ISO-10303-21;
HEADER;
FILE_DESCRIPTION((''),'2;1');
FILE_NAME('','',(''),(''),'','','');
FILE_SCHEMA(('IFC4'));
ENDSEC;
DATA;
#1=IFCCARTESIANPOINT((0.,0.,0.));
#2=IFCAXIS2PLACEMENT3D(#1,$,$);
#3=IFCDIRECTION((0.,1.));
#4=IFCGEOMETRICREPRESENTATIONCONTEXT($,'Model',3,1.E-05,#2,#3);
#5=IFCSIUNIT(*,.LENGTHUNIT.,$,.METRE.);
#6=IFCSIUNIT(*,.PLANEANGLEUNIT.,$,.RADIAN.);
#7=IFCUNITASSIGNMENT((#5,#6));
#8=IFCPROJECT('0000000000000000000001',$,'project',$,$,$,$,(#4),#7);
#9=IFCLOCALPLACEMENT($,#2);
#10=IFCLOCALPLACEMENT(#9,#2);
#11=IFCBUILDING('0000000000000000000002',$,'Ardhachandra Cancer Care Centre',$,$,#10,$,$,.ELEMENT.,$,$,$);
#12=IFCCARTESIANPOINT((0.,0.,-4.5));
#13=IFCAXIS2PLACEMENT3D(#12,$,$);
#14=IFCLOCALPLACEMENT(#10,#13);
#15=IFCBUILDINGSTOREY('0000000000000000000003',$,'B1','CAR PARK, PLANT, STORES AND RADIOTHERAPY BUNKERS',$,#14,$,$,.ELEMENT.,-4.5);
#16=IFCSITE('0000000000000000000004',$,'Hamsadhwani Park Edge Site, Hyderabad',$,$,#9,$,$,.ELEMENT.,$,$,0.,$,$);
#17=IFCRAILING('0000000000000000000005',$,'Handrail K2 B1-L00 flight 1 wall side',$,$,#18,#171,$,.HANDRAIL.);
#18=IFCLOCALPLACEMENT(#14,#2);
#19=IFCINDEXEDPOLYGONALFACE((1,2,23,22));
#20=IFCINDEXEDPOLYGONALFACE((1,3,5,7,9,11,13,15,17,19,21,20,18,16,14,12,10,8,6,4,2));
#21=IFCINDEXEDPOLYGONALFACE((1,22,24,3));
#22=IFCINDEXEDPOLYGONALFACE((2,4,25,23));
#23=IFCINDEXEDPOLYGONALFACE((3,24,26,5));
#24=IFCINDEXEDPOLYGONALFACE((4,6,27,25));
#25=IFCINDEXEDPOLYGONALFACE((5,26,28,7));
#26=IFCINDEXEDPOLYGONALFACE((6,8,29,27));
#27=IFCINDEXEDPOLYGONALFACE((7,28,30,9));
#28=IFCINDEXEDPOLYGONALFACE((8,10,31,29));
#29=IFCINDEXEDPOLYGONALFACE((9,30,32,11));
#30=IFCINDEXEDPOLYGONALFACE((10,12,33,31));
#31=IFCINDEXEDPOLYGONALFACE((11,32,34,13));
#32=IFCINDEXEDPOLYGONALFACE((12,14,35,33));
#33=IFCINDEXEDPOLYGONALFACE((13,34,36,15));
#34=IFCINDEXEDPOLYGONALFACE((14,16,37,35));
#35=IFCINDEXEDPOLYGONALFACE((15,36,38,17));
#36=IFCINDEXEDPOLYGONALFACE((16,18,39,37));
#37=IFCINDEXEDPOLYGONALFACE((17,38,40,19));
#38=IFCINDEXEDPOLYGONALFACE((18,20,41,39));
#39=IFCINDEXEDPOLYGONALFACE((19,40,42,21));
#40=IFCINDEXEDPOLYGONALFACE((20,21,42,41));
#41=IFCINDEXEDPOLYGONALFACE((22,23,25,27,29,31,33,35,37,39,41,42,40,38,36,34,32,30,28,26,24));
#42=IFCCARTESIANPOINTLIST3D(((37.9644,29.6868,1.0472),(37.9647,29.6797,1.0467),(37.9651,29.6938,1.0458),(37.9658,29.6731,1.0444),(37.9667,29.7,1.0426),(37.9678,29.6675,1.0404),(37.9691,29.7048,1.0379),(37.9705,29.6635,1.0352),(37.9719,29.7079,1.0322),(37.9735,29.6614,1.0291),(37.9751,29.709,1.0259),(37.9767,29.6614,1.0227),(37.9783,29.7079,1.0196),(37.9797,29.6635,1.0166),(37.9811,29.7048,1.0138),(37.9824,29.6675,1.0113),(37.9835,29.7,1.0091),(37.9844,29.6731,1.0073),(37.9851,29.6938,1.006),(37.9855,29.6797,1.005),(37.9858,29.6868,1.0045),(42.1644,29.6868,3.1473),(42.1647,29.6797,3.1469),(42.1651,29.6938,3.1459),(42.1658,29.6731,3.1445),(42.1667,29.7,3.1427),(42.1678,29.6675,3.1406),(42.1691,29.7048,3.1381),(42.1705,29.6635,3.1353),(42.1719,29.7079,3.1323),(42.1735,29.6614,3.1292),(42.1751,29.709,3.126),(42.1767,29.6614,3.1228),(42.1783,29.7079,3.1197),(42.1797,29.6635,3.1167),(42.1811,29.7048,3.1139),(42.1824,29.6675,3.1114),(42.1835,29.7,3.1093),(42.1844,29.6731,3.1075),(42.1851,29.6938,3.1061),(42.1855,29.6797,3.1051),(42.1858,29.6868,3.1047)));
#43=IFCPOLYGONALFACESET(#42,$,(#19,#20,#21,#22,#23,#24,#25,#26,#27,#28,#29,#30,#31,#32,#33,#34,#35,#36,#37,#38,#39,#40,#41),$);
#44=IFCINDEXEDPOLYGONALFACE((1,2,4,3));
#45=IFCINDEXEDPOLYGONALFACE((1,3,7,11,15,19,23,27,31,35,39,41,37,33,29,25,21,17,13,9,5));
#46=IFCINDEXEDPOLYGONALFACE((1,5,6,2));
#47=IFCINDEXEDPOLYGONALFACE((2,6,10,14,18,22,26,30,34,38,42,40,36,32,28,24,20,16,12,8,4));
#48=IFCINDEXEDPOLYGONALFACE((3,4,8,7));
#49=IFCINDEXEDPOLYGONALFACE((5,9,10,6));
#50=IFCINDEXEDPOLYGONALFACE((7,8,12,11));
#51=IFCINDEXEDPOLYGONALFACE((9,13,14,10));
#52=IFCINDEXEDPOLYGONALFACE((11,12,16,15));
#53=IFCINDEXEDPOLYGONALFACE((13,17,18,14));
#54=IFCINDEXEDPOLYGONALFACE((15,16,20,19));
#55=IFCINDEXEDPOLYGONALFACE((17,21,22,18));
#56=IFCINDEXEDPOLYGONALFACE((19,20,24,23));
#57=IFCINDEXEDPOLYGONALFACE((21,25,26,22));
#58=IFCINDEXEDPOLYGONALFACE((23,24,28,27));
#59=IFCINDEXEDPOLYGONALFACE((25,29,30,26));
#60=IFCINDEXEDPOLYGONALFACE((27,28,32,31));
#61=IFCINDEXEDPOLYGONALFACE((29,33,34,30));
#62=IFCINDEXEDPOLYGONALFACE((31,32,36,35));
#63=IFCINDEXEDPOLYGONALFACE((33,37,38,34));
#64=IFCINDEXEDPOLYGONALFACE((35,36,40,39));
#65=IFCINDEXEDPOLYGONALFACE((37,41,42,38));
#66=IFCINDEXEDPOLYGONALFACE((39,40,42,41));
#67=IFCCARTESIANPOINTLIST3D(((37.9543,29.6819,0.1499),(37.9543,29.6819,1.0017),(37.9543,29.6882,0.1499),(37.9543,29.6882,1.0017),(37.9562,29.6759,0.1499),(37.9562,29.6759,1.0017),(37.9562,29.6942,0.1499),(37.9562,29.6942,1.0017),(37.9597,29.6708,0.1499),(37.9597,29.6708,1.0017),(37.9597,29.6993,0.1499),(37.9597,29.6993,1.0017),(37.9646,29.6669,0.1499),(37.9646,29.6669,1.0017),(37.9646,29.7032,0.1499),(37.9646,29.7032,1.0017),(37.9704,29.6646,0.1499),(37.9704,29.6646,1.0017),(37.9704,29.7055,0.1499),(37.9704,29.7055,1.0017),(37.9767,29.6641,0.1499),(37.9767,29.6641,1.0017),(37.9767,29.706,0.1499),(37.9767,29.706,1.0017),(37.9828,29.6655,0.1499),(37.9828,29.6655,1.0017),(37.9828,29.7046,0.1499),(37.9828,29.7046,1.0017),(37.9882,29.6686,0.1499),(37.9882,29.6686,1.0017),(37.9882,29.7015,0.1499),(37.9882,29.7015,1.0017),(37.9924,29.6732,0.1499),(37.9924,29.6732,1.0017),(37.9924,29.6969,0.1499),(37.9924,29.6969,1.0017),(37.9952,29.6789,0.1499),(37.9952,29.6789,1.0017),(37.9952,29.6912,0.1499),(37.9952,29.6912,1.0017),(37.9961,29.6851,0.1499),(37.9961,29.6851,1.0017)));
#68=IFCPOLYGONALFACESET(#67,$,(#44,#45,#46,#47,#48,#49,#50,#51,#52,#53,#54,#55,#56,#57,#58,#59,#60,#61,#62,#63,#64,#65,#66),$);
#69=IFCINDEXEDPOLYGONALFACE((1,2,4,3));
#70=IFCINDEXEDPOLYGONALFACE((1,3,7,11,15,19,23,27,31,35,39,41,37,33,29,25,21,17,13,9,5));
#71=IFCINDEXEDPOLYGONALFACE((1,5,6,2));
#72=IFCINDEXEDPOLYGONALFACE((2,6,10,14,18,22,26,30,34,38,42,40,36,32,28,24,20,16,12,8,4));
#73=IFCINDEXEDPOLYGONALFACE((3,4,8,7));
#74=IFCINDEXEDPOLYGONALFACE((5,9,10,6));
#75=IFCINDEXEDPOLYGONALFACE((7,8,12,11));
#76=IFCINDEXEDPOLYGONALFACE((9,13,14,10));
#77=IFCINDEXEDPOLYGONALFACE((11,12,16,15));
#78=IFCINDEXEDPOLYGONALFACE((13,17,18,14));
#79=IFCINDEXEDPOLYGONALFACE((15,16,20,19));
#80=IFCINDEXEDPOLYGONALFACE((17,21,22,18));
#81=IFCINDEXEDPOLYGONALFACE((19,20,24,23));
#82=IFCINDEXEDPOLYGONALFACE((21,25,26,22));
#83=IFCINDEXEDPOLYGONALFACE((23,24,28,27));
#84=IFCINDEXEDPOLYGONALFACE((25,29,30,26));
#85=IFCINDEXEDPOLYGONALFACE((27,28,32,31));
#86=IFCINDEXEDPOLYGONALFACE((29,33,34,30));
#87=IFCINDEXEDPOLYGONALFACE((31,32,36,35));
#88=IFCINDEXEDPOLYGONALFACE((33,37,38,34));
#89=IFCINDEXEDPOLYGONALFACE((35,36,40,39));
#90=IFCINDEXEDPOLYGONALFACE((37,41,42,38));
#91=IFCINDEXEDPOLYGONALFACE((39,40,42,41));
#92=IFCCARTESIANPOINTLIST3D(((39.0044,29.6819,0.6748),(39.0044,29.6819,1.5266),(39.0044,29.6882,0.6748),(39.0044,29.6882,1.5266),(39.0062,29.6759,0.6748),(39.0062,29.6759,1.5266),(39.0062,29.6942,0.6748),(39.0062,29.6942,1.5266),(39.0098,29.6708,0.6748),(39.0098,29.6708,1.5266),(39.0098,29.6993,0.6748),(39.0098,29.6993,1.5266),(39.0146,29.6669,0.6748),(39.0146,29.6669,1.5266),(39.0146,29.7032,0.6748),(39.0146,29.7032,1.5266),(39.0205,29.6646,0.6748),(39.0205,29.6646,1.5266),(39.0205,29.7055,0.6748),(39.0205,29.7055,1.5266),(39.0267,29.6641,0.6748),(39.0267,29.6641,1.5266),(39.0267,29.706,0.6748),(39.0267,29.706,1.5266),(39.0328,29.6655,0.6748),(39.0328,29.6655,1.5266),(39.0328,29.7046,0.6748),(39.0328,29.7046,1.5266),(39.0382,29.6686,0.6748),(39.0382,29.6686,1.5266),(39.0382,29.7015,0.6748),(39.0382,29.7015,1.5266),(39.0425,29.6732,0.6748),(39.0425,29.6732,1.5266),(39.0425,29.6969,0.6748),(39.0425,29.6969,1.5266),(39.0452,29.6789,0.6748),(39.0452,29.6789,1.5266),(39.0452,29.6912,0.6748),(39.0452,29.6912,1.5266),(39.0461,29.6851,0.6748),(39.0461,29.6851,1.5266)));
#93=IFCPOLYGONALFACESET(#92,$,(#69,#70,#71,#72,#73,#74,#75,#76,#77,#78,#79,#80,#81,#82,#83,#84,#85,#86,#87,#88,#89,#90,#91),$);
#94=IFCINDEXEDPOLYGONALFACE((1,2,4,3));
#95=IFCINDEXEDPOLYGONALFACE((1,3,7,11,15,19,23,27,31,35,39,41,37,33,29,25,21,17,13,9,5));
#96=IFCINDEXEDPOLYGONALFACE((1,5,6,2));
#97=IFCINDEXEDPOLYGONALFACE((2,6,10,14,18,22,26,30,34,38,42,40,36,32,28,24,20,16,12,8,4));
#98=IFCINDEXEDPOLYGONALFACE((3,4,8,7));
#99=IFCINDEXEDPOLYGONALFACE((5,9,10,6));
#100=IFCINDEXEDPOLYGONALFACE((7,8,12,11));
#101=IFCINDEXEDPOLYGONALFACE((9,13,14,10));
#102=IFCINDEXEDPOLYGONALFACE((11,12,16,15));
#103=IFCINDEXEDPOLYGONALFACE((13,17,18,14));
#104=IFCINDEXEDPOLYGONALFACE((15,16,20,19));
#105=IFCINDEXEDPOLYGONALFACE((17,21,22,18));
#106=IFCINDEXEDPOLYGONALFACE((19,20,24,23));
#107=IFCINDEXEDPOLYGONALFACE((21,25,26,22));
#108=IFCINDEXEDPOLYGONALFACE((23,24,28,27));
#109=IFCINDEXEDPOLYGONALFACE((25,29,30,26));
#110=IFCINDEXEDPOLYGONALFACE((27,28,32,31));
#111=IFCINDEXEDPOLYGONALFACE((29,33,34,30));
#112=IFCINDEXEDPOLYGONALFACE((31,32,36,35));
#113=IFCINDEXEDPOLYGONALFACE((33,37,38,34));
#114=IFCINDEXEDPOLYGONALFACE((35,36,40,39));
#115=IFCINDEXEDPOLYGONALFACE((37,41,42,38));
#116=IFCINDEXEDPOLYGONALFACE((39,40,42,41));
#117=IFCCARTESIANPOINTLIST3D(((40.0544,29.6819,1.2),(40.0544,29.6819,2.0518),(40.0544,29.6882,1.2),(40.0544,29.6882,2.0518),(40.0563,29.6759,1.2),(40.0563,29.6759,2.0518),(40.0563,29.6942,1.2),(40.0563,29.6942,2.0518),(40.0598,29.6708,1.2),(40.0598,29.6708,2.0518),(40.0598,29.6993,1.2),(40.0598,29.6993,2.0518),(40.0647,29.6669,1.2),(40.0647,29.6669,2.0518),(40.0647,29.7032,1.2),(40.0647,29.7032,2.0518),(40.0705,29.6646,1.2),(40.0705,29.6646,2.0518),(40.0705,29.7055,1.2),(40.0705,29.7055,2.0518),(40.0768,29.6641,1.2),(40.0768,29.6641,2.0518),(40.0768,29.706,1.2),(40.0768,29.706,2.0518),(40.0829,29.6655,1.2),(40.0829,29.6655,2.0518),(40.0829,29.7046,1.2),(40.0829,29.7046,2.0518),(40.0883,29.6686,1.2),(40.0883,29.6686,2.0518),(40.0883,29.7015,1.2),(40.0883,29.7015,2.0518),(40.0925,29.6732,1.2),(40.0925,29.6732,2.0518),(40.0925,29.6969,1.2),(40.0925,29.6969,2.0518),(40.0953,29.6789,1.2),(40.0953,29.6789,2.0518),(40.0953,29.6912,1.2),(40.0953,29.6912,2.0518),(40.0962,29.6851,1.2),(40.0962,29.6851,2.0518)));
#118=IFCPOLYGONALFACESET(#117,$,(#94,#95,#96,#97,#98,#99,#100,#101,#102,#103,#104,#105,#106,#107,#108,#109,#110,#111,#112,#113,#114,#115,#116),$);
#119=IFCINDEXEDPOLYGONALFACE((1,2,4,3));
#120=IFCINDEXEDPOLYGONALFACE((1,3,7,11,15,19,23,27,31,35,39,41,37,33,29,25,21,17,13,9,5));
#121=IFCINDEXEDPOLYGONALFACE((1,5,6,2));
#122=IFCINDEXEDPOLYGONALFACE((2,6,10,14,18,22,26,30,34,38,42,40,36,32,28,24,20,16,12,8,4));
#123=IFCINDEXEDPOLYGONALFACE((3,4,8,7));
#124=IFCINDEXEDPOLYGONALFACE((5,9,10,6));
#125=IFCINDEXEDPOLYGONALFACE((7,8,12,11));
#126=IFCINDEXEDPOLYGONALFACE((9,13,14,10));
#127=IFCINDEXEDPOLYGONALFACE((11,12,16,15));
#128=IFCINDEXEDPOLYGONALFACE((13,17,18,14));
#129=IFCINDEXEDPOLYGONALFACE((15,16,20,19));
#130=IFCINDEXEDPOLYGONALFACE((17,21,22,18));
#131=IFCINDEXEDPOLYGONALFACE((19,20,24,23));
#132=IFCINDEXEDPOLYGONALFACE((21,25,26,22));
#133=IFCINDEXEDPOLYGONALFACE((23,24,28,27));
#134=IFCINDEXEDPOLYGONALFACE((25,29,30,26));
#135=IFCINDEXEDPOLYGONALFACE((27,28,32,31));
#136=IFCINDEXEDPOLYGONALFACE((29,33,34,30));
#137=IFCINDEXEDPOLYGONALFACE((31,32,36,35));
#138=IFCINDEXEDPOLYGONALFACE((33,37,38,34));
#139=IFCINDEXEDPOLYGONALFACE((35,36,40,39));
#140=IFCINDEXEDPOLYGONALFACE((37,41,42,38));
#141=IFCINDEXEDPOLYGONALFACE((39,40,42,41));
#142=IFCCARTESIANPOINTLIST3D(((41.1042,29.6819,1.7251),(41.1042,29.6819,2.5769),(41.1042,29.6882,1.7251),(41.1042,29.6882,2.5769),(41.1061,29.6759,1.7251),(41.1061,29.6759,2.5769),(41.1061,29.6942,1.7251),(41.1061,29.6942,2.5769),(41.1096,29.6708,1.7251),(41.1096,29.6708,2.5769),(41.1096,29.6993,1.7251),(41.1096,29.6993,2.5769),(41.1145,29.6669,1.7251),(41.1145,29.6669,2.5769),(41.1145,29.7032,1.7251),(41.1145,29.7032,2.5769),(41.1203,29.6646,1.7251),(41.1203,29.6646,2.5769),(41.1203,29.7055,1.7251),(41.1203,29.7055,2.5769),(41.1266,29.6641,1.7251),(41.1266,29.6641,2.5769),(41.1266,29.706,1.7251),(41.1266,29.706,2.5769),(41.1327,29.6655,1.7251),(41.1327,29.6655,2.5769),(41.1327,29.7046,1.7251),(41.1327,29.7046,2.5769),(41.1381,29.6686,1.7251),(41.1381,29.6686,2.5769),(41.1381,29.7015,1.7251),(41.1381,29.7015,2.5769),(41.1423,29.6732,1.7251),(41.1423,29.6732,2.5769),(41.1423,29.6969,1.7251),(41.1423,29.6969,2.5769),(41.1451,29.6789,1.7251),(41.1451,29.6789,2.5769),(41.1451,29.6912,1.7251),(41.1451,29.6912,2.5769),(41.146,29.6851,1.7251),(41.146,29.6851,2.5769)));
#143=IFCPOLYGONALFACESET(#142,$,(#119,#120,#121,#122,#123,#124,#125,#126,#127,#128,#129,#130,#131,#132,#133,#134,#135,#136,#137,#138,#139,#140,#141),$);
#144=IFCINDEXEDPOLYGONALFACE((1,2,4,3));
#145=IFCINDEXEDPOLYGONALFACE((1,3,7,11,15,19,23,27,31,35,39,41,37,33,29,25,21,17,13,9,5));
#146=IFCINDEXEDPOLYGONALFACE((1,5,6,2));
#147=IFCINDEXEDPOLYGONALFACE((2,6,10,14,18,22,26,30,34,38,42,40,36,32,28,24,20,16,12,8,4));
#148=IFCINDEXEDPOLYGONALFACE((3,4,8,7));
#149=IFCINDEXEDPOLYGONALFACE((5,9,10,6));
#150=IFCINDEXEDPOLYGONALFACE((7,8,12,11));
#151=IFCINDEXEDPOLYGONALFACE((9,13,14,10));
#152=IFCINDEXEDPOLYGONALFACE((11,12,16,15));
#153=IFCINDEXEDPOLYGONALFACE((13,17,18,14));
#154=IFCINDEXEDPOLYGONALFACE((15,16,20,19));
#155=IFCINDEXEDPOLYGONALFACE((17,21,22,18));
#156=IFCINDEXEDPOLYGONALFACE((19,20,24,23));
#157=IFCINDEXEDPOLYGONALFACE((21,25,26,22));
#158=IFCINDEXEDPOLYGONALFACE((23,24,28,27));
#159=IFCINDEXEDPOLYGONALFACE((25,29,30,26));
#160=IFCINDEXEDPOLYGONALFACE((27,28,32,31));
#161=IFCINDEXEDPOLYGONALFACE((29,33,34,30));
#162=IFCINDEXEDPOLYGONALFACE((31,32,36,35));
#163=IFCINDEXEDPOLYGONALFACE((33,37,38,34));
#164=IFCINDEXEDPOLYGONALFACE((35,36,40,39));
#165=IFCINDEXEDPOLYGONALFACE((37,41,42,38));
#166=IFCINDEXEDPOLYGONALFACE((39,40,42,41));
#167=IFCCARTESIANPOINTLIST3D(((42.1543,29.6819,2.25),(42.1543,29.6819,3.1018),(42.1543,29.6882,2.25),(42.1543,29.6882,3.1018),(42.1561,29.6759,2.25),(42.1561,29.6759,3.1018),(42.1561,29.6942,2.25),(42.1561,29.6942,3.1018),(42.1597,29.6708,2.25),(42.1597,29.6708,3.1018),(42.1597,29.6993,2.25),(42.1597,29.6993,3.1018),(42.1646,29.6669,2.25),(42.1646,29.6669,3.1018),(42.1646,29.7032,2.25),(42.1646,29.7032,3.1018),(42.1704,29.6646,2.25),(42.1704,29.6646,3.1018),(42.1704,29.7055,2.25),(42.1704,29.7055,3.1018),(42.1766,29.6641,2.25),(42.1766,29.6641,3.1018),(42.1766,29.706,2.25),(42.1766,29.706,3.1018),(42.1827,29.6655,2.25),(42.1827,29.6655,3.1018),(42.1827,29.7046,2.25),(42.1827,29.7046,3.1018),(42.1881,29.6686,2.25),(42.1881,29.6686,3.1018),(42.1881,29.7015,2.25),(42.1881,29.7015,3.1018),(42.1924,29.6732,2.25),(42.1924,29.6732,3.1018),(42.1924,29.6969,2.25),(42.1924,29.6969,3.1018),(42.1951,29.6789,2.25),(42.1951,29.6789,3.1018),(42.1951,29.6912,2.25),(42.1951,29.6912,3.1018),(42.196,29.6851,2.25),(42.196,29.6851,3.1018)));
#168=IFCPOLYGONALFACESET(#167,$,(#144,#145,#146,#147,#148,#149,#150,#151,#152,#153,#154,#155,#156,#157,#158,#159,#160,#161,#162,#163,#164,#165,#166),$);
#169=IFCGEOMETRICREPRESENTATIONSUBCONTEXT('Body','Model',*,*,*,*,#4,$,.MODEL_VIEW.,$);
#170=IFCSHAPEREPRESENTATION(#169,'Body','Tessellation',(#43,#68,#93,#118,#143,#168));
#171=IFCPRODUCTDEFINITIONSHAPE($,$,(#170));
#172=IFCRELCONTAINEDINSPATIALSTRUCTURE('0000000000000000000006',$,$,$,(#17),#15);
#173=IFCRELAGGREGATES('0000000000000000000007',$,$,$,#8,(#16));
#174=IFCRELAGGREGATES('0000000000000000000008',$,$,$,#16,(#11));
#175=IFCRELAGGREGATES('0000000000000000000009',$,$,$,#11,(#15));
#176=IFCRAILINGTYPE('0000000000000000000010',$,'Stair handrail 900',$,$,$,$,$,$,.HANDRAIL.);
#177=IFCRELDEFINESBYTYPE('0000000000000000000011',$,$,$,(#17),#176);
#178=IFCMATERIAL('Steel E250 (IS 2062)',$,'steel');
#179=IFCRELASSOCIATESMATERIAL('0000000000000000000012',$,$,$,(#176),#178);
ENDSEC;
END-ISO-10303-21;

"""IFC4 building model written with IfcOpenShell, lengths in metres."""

from ifc_helpers import new_model, si_unit, direction, frame, origin, origin_2d, place, context, subcontext, project, spatial, circle, extrude, material, type_object, element, save


model = new_model("IFC4")

# Units and contexts
model_context = context("Model", 3, precision=1e-05, world=origin(), true_north=direction((0.0, 1.0)))
body_context = subcontext(model_context, "Body", "Model", "MODEL_VIEW")
ifc_project = project(units=[si_unit("LENGTHUNIT", "METRE"), si_unit("PLANEANGLEUNIT", "RADIAN")], contexts=[model_context])

# Site, building, storey
site_placement = place(None, origin())
site = spatial("IfcSite", under=ifc_project, at=site_placement, Name="Hamsadhwani Park Edge Site, Hyderabad", CompositionType="ELEMENT", RefElevation=0.0)
building_placement = place(site_placement, origin())
building = spatial("IfcBuilding", under=site, at=building_placement, Name="Ardhachandra Cancer Care Centre", CompositionType="ELEMENT")
storey_placement = place(building_placement, frame((0.0, 0.0, -4.5)))
storey = spatial("IfcBuildingStorey", under=building, at=storey_placement, Name="B1", Description="CAR PARK, PLANT, STORES AND RADIOTHERAPY BUNKERS", CompositionType="ELEMENT", Elevation=-4.5)

# Railing
ifc_material_1 = material(Name="Steel E250 (IS 2062)", Category="steel")
railing_type = type_object("IfcRailingType", Name="Stair handrail 900", PredefinedType="HANDRAIL", material=ifc_material_1)
for number, where, name in (
    (1, (37.9751, 29.6851, 0.1499), "Handrail K2 B1-L00 flight 1 wall side"),
):
    element("IfcRailing", number, at=place(storey_placement, frame(where)), inside=storey, type_object=railing_type, Name=name, PredefinedType="HANDRAIL", context=body_context, shape_type="SweptSolid", body=[
        extrude(circle(Radius=0.0239, at=origin_2d()), frame((0.0, 0.0, 0.876), z_axis=(0.894417, 0.0, 0.447234), x_axis=(0.0, 1.0, 0.0)), (0.0, 0.0, 1.0), 4.6958),
        extrude(circle(Radius=0.021, at=origin_2d()), origin(), (0.0, 0.0, 1.0), 0.8518),
        extrude(circle(Radius=0.021, at=origin_2d()), frame((1.05, 0.0, 0.5249)), (0.0, 0.0, 1.0), 0.8518),
        extrude(circle(Radius=0.021, at=origin_2d()), frame((2.1001, 0.0, 1.05)), (0.0, 0.0, 1.0), 0.8518),
        extrude(circle(Radius=0.021, at=origin_2d()), frame((3.1499, 0.0, 1.5752)), (0.0, 0.0, 1.0), 0.8518),
        extrude(circle(Radius=0.021, at=origin_2d()), frame((4.2, 0.0, 2.1001)), (0.0, 0.0, 1.0), 0.8518),
    ])

save(model, "model.ifc")
